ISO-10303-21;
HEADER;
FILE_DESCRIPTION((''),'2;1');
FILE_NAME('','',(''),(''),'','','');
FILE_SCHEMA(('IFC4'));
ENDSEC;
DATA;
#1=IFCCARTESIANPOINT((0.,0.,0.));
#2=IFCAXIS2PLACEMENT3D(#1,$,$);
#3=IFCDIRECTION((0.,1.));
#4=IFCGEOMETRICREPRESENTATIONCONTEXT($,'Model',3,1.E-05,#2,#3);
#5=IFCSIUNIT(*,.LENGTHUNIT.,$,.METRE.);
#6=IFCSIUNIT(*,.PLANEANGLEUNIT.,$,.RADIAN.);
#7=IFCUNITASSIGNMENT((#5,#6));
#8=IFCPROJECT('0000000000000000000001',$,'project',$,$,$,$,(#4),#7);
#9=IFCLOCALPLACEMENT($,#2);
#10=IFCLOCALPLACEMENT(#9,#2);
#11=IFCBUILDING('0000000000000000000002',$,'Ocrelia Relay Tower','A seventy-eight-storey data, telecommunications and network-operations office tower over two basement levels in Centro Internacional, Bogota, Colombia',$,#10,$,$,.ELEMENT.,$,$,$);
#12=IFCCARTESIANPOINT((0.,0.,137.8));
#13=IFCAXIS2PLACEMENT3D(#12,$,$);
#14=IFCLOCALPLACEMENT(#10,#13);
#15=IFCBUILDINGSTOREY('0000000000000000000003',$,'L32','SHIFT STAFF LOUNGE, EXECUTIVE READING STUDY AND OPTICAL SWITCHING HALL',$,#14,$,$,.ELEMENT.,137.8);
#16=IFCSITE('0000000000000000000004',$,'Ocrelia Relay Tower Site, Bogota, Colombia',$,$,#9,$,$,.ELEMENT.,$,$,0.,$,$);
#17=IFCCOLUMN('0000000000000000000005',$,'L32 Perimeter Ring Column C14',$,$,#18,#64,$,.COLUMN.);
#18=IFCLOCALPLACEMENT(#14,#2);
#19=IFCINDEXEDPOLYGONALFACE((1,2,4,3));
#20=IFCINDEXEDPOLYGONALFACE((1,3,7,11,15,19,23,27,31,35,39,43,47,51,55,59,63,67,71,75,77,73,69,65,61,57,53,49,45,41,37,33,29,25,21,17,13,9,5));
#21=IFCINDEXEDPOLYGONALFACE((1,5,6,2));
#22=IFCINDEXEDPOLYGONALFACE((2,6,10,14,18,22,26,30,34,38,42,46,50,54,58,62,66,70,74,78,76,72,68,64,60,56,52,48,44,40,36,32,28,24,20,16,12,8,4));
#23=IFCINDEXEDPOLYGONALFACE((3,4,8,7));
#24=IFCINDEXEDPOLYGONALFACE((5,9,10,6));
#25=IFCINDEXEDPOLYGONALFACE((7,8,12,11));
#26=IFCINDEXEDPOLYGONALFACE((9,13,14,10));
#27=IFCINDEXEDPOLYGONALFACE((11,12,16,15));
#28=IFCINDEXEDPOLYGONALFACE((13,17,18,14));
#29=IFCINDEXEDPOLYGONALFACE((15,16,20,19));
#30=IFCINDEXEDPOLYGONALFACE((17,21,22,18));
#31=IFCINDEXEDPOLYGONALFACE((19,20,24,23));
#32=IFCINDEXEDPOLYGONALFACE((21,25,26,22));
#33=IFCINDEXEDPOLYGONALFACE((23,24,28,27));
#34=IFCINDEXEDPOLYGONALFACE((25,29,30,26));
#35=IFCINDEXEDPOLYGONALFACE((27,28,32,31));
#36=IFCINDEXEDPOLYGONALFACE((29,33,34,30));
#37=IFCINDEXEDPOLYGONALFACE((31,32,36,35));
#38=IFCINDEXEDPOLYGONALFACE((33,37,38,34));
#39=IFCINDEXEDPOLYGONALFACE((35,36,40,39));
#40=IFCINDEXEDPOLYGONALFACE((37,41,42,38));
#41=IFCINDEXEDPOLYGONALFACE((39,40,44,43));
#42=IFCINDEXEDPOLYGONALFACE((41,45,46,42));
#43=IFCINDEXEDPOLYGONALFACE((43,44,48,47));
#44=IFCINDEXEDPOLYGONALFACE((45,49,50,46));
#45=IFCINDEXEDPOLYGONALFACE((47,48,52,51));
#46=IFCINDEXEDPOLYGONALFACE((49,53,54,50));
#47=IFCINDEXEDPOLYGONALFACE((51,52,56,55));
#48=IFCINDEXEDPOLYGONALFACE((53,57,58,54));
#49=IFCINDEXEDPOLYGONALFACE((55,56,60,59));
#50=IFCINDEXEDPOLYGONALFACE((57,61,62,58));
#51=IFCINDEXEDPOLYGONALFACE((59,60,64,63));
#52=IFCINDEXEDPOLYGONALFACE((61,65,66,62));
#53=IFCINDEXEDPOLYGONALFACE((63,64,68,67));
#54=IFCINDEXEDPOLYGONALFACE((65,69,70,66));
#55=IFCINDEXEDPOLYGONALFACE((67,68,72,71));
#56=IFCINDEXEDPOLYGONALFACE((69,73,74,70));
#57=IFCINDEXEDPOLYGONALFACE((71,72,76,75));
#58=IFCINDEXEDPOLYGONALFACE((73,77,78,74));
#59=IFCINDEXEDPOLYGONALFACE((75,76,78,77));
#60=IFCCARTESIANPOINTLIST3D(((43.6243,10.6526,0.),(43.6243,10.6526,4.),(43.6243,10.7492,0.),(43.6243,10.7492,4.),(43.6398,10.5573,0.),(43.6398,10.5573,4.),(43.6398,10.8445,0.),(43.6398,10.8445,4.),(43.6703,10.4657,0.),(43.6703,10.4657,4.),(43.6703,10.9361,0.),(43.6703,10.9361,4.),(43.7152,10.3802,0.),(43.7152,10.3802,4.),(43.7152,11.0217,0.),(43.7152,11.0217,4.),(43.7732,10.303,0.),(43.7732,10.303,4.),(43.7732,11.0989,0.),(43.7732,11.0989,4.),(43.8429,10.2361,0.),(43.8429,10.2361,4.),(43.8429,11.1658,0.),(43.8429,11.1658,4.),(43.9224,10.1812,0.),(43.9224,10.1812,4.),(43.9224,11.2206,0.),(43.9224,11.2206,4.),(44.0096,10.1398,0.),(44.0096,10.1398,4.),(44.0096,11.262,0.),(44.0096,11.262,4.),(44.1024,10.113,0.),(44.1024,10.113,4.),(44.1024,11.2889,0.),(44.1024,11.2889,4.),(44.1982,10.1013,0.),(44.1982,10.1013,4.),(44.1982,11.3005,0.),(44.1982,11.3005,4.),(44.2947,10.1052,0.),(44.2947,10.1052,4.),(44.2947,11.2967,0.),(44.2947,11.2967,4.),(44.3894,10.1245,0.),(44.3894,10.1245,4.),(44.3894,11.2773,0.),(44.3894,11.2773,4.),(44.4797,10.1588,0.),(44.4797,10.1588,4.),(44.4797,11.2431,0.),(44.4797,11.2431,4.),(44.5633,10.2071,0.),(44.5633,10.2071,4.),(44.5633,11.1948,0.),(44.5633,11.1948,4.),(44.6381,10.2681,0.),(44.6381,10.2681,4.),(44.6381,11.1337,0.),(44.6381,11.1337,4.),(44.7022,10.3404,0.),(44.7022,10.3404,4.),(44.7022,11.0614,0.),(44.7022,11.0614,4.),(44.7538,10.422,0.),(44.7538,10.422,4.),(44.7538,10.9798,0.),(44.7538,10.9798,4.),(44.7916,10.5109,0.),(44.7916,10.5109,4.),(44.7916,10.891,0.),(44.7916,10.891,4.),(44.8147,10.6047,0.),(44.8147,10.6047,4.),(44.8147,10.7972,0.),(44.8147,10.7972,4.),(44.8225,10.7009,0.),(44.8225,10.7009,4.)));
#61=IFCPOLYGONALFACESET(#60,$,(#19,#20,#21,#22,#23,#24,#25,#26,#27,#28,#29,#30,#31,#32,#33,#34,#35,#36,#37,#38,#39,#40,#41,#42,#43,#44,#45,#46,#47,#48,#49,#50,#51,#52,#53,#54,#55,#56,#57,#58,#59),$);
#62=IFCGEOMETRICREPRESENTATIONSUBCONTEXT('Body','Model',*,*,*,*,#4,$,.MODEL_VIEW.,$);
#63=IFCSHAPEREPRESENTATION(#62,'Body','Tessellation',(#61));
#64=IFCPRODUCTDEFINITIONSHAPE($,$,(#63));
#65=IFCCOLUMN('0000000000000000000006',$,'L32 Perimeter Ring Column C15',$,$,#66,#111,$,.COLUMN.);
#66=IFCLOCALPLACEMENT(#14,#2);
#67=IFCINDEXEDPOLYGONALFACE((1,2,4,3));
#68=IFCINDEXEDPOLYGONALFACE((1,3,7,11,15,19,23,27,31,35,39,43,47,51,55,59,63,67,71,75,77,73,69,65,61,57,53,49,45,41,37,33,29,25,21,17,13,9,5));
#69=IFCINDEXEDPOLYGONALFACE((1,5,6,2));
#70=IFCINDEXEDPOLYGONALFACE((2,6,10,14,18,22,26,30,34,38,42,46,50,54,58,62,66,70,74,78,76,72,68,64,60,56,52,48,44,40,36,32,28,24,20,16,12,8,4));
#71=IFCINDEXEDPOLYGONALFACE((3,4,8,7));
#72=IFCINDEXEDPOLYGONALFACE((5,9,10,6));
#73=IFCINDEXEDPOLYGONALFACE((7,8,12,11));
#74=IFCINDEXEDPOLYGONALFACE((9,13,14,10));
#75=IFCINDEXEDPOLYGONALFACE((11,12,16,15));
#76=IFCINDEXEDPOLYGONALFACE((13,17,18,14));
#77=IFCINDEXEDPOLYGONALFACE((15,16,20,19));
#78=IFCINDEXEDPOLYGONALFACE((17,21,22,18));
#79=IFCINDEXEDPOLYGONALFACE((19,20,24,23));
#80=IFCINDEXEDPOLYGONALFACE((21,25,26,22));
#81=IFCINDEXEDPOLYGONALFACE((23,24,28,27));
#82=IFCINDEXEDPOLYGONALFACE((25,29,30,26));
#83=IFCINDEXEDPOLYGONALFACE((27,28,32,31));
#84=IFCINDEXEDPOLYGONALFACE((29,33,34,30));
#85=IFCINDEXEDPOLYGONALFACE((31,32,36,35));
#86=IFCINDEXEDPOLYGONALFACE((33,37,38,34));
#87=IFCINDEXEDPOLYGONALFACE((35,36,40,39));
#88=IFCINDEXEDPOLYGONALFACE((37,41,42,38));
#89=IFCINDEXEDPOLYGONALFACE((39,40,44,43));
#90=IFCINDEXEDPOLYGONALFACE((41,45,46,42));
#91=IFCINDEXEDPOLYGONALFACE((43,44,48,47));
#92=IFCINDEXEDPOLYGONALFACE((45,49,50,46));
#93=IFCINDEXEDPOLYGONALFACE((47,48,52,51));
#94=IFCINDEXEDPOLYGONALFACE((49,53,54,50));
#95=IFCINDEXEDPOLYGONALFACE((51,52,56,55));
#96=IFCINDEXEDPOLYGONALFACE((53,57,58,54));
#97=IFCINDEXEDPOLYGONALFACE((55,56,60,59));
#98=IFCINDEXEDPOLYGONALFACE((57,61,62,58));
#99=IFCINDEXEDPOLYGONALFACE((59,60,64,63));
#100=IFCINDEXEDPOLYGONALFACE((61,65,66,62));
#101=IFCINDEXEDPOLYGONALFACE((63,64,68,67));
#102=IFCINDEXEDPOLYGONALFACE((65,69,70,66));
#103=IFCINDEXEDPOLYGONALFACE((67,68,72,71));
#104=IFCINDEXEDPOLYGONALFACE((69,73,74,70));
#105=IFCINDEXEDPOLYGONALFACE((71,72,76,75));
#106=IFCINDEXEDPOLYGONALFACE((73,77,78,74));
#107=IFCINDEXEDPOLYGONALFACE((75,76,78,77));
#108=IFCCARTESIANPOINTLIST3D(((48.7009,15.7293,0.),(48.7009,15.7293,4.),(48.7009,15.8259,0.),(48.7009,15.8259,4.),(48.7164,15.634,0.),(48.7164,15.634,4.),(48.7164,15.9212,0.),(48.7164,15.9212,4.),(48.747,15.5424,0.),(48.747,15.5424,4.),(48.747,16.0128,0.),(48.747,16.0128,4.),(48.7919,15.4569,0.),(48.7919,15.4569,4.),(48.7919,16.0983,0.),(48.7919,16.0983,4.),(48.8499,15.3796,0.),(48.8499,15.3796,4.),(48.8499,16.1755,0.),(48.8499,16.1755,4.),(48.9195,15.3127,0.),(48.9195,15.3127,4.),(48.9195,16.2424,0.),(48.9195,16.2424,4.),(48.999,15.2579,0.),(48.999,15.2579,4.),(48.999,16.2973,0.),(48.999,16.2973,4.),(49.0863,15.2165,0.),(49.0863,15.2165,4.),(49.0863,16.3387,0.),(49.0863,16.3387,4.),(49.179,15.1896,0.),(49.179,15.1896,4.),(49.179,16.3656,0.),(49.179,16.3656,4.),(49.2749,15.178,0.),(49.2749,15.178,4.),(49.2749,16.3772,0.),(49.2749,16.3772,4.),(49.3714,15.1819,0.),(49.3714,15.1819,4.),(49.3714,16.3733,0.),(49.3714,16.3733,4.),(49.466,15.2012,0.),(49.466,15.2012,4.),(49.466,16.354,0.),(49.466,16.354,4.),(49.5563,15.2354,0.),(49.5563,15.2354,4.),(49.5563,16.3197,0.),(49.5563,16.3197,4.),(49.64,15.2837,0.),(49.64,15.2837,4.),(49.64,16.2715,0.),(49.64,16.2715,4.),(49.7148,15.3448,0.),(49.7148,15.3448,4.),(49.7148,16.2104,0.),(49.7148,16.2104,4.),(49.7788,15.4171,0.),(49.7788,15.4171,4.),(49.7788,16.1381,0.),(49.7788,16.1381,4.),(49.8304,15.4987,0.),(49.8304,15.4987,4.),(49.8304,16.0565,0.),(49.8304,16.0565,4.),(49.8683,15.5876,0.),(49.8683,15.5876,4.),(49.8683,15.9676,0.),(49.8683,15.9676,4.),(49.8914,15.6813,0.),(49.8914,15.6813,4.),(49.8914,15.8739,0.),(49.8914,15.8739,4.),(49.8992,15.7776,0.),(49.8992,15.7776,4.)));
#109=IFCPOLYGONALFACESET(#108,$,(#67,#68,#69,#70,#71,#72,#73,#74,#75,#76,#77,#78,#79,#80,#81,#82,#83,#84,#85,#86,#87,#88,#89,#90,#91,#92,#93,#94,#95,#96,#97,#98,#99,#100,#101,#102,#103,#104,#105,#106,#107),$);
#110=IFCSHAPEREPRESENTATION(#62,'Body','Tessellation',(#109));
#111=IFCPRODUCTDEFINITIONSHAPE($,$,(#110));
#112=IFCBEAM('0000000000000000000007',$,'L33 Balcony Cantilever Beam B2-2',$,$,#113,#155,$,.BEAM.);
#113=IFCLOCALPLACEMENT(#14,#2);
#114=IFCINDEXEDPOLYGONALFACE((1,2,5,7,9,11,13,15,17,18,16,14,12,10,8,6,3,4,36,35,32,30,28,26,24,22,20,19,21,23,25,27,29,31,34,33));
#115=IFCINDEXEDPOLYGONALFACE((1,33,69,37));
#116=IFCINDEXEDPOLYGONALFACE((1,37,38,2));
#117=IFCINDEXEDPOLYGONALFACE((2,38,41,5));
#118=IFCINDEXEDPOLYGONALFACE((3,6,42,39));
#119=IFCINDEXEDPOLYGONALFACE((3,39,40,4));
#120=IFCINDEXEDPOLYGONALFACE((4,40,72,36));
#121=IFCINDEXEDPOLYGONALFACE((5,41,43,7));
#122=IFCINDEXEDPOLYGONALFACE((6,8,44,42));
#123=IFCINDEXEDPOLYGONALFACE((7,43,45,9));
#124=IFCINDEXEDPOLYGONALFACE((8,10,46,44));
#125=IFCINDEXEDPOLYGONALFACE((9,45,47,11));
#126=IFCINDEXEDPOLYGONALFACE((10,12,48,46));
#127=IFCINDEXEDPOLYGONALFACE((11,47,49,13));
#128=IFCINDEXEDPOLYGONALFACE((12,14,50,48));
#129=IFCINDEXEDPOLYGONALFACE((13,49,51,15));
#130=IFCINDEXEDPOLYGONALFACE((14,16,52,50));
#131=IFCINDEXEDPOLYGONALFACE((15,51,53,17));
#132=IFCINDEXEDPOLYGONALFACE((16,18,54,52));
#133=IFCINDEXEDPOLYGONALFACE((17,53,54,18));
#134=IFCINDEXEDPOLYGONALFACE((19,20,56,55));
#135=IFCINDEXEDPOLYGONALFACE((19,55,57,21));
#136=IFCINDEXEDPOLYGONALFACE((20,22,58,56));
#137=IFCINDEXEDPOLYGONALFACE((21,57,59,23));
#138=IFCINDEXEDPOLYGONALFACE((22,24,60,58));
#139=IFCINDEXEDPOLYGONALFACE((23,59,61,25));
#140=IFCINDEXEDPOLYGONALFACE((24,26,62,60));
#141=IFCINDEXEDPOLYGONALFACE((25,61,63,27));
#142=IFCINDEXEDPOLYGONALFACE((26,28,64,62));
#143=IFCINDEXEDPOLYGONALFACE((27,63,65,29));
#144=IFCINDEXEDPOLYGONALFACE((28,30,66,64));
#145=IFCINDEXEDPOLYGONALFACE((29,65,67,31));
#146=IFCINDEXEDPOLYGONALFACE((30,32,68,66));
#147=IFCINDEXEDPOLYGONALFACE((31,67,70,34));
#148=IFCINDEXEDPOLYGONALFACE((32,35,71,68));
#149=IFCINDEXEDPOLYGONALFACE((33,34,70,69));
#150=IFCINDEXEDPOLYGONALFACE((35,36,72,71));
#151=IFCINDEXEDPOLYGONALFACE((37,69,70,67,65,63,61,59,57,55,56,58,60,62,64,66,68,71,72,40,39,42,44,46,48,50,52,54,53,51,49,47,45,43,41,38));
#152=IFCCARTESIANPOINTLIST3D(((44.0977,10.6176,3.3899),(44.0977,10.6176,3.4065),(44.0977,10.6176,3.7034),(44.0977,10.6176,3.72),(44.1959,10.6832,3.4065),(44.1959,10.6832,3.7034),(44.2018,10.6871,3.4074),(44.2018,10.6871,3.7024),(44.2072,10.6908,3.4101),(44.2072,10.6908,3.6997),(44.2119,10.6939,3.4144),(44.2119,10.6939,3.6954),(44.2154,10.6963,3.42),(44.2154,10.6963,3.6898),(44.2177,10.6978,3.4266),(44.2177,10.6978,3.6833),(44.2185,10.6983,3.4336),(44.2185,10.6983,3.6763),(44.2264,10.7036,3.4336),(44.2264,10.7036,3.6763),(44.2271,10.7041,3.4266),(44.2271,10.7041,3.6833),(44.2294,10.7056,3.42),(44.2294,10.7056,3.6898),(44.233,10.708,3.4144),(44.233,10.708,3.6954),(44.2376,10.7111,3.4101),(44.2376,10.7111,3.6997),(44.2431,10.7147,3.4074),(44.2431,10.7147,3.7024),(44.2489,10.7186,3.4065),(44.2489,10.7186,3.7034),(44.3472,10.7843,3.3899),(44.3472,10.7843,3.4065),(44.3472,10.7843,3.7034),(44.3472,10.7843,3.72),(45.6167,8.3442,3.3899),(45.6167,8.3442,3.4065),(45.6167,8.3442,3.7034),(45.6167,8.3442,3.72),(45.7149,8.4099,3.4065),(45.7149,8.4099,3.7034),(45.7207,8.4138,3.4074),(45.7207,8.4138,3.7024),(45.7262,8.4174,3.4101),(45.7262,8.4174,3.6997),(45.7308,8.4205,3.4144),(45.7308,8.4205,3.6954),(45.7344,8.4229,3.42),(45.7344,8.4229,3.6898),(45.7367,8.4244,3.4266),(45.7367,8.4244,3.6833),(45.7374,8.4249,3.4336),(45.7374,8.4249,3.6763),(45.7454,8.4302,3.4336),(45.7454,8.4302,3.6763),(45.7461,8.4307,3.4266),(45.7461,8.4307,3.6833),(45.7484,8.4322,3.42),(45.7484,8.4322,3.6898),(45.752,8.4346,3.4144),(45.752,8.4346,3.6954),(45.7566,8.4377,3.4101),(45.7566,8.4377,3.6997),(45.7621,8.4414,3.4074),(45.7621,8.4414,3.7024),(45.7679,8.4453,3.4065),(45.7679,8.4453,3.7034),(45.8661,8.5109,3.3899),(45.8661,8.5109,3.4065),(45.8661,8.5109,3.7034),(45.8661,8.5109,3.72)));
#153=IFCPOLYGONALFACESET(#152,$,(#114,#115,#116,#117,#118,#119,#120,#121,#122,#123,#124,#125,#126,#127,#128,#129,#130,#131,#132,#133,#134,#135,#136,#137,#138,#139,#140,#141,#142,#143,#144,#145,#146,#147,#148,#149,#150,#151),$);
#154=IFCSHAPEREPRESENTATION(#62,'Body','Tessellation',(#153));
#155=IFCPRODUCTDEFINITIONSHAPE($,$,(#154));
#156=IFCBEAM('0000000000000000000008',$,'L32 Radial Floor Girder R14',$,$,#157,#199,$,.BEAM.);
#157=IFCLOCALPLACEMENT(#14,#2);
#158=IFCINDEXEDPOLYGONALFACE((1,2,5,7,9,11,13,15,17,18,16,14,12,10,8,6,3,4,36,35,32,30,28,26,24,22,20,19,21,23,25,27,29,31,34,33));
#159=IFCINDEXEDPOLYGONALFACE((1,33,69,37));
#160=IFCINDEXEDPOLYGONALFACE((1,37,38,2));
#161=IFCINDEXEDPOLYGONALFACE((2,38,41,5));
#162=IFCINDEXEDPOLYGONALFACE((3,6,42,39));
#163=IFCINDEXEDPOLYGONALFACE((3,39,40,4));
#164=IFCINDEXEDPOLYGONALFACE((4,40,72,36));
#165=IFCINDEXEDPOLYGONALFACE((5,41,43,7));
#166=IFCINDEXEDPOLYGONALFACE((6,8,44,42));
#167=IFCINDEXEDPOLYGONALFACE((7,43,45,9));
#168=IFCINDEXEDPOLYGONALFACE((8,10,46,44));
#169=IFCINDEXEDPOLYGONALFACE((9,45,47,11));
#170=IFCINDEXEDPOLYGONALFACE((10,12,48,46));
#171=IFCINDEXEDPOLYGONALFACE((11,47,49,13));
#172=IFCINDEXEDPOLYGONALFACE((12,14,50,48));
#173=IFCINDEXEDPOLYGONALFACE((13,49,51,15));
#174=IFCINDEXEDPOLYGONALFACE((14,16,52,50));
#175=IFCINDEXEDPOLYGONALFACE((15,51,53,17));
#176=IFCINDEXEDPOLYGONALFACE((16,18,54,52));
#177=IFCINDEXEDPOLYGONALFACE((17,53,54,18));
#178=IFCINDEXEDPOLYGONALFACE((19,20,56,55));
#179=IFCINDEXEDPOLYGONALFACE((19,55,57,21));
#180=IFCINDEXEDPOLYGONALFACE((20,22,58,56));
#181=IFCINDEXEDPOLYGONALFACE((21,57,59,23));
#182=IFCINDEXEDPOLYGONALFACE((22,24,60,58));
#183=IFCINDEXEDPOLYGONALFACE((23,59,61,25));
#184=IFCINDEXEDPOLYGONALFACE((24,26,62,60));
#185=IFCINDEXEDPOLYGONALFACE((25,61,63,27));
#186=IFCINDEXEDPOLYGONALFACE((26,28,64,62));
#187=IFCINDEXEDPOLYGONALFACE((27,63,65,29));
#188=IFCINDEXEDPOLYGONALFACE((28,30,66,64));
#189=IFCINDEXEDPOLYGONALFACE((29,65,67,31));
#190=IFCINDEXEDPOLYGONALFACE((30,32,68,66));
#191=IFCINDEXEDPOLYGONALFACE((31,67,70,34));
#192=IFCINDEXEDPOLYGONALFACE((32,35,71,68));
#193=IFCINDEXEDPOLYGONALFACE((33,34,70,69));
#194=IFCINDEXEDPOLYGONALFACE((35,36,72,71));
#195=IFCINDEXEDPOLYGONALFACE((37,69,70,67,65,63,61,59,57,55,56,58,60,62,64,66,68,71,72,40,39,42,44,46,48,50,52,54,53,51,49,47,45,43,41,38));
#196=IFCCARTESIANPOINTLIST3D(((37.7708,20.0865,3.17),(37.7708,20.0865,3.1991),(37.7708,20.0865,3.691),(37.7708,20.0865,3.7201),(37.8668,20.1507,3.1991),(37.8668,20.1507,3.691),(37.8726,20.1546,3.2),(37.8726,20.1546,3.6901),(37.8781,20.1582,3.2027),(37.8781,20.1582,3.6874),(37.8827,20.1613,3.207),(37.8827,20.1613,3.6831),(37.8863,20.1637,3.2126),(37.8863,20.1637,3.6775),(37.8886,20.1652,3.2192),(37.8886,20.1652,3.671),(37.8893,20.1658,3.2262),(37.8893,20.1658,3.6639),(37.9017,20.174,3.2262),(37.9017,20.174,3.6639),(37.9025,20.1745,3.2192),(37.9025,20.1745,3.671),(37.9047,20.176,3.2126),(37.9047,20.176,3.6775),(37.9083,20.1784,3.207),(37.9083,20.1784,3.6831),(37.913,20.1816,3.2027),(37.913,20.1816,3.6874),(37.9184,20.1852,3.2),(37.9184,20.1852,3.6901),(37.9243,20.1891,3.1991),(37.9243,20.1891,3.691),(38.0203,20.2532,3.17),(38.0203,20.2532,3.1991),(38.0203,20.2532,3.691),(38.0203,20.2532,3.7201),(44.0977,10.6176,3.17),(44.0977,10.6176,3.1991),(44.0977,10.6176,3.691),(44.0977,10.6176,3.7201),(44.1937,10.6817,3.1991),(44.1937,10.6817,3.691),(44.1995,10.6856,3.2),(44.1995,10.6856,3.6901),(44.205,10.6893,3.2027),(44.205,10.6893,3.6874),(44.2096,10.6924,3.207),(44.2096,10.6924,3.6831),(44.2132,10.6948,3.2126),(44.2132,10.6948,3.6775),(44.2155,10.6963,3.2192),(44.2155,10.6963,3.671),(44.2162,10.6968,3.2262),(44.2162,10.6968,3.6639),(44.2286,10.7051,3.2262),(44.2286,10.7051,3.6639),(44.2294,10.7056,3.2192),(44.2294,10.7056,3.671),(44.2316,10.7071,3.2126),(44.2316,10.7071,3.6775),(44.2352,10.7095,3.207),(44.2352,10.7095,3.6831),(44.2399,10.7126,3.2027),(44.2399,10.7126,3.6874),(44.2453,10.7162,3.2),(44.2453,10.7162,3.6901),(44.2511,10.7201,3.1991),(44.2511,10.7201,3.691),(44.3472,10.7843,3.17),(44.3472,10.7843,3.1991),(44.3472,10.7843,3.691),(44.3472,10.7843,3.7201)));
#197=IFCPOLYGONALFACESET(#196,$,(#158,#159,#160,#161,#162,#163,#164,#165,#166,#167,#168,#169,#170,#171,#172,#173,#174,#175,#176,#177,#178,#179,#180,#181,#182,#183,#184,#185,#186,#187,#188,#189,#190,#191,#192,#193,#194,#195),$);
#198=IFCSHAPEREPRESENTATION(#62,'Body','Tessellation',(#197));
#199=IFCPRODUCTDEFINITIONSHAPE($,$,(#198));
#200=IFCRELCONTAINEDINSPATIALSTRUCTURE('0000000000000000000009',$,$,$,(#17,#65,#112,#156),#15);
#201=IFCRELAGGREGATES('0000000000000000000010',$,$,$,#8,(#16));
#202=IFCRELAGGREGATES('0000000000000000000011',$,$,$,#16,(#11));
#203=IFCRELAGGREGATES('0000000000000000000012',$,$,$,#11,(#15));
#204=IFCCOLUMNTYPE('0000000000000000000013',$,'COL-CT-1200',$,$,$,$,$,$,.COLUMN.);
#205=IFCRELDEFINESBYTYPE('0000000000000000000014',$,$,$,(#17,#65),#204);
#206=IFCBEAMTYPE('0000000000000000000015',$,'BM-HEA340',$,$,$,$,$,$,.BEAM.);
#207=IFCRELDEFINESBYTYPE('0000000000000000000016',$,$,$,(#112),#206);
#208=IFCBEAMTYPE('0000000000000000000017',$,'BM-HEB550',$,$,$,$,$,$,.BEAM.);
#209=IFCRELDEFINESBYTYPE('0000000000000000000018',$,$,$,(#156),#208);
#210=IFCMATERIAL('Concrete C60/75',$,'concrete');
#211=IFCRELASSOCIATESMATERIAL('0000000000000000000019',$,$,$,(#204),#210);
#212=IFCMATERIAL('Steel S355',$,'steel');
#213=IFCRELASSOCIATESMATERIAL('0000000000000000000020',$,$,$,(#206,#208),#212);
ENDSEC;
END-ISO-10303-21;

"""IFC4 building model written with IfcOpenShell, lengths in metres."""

from ifc_helpers import new_model, si_unit, direction, frame, origin, origin_2d, place, context, subcontext, project, spatial, circle, i_section, extrude, material, material_profile, profile_set, type_object, element, save


model = new_model("IFC4")

# Units and contexts
model_context = context("Model", 3, precision=1e-05, world=origin(), true_north=direction((0.0, 1.0)))
body_context = subcontext(model_context, "Body", "Model", "MODEL_VIEW")
ifc_project = project(units=[si_unit("LENGTHUNIT", "METRE"), si_unit("PLANEANGLEUNIT", "RADIAN")], contexts=[model_context])

# Site, building, storey
site_placement = place(None, origin())
site = spatial("IfcSite", under=ifc_project, at=site_placement, Name="Ocrelia Relay Tower Site, Bogota, Colombia", CompositionType="ELEMENT", RefElevation=0.0)
building_placement = place(site_placement, origin())
building = spatial("IfcBuilding", under=site, at=building_placement, Name="Ocrelia Relay Tower", Description="A seventy-eight-storey data, telecommunications and network-operations office tower over two basement levels in Centro Internacional, Bogota, Colombia", CompositionType="ELEMENT")
storey_placement = place(building_placement, frame((0.0, 0.0, 137.8)))
storey = spatial("IfcBuildingStorey", under=building, at=storey_placement, Name="L32", Description="SHIFT STAFF LOUNGE, EXECUTIVE READING STUDY AND OPTICAL SWITCHING HALL", CompositionType="ELEMENT", Elevation=137.8)

# Columns
ifc_material_1 = material(Name="Concrete C60/75", Category="concrete")
ifc_material_profile_1 = material_profile(ifc_material_1, circle(Radius=0.6001, at=origin_2d()), Name="RC-CIR-1200")
ifc_profile_set_1 = profile_set([ifc_material_profile_1], Name="Concrete C60/75")
column_type = type_object("IfcColumnType", Name="COL-CT-1200", PredefinedType="COLUMN", material=ifc_profile_set_1)
for number, where, z_axis, x_axis, name in (
    (1, (44.2224, 10.7009, 0.0), (0.0, 0.0, 1.0), (1.0, 0.0, 0.0), "L32 Perimeter Ring Column C14"),
    (2, (49.2991, 15.7776, 0.0), (0.0, 0.0, 1.0), (1.0, 0.0, 0.0), "L32 Perimeter Ring Column C15"),
):
    element("IfcColumn", number, at=place(storey_placement, frame(where, z_axis=z_axis, x_axis=x_axis)), inside=storey, type_object=column_type, Name=name, PredefinedType="COLUMN", context=body_context, shape_type="SweptSolid", body=[
        extrude(circle(Radius=0.6001, at=origin_2d()), origin(), (0.0, 0.0, 1.0), 4.0),
    ])

# Beams
ifc_material_2 = material(Name="Steel S355", Category="steel")
ifc_material_profile_2 = material_profile(ifc_material_2, i_section(OverallWidth=0.3, OverallDepth=0.3301, WebThickness=0.0095, FlangeThickness=0.0166, FilletRadius=0.0271, at=origin_2d()), Name="HEA 340")
ifc_profile_set_2 = profile_set([ifc_material_profile_2], Name="Steel S355")
beam_type_1 = type_object("IfcBeamType", Name="BM-HEA340", PredefinedType="BEAM", material=ifc_profile_set_2)
beam_1_placement = place(storey_placement, frame((44.2224, 10.7009, 3.5549), z_axis=(0.555565, -0.831473, 0.0), x_axis=(0.831473, 0.555565, 0.0)))
element("IfcBeam", 3, at=beam_1_placement, inside=storey, type_object=beam_type_1, Name="L33 Balcony Cantilever Beam B2-2", PredefinedType="BEAM", context=body_context, shape_type="SweptSolid", body=[
    extrude(i_section(OverallWidth=0.3, OverallDepth=0.3301, WebThickness=0.0095, FlangeThickness=0.0166, FilletRadius=0.0271, at=origin_2d()), origin(), (0.0, 0.0, 1.0), 2.7341),
])
ifc_material_profile_3 = material_profile(ifc_material_2, i_section(OverallWidth=0.3, OverallDepth=0.55, WebThickness=0.0149, FlangeThickness=0.0291, FilletRadius=0.0271, at=origin_2d()), Name="HEB 550")
ifc_profile_set_3 = profile_set([ifc_material_profile_3], Name="Steel S355")
beam_type_2 = type_object("IfcBeamType", Name="BM-HEB550", PredefinedType="BEAM", material=ifc_profile_set_3)
beam_2_placement = place(storey_placement, frame((44.2224, 10.7009, 3.4451), z_axis=(-0.555566, 0.831473, 0.0), x_axis=(-0.831473, -0.555566, 0.0)))
element("IfcBeam", 4, at=beam_2_placement, inside=storey, type_object=beam_type_2, Name="L32 Radial Floor Girder R14", PredefinedType="BEAM", context=body_context, shape_type="SweptSolid", body=[
    extrude(i_section(OverallWidth=0.3, OverallDepth=0.55, WebThickness=0.0149, FlangeThickness=0.0291, FilletRadius=0.0271, at=origin_2d()), origin(), (0.0, 0.0, 1.0), 11.3882),
])

save(model, "model.ifc")
